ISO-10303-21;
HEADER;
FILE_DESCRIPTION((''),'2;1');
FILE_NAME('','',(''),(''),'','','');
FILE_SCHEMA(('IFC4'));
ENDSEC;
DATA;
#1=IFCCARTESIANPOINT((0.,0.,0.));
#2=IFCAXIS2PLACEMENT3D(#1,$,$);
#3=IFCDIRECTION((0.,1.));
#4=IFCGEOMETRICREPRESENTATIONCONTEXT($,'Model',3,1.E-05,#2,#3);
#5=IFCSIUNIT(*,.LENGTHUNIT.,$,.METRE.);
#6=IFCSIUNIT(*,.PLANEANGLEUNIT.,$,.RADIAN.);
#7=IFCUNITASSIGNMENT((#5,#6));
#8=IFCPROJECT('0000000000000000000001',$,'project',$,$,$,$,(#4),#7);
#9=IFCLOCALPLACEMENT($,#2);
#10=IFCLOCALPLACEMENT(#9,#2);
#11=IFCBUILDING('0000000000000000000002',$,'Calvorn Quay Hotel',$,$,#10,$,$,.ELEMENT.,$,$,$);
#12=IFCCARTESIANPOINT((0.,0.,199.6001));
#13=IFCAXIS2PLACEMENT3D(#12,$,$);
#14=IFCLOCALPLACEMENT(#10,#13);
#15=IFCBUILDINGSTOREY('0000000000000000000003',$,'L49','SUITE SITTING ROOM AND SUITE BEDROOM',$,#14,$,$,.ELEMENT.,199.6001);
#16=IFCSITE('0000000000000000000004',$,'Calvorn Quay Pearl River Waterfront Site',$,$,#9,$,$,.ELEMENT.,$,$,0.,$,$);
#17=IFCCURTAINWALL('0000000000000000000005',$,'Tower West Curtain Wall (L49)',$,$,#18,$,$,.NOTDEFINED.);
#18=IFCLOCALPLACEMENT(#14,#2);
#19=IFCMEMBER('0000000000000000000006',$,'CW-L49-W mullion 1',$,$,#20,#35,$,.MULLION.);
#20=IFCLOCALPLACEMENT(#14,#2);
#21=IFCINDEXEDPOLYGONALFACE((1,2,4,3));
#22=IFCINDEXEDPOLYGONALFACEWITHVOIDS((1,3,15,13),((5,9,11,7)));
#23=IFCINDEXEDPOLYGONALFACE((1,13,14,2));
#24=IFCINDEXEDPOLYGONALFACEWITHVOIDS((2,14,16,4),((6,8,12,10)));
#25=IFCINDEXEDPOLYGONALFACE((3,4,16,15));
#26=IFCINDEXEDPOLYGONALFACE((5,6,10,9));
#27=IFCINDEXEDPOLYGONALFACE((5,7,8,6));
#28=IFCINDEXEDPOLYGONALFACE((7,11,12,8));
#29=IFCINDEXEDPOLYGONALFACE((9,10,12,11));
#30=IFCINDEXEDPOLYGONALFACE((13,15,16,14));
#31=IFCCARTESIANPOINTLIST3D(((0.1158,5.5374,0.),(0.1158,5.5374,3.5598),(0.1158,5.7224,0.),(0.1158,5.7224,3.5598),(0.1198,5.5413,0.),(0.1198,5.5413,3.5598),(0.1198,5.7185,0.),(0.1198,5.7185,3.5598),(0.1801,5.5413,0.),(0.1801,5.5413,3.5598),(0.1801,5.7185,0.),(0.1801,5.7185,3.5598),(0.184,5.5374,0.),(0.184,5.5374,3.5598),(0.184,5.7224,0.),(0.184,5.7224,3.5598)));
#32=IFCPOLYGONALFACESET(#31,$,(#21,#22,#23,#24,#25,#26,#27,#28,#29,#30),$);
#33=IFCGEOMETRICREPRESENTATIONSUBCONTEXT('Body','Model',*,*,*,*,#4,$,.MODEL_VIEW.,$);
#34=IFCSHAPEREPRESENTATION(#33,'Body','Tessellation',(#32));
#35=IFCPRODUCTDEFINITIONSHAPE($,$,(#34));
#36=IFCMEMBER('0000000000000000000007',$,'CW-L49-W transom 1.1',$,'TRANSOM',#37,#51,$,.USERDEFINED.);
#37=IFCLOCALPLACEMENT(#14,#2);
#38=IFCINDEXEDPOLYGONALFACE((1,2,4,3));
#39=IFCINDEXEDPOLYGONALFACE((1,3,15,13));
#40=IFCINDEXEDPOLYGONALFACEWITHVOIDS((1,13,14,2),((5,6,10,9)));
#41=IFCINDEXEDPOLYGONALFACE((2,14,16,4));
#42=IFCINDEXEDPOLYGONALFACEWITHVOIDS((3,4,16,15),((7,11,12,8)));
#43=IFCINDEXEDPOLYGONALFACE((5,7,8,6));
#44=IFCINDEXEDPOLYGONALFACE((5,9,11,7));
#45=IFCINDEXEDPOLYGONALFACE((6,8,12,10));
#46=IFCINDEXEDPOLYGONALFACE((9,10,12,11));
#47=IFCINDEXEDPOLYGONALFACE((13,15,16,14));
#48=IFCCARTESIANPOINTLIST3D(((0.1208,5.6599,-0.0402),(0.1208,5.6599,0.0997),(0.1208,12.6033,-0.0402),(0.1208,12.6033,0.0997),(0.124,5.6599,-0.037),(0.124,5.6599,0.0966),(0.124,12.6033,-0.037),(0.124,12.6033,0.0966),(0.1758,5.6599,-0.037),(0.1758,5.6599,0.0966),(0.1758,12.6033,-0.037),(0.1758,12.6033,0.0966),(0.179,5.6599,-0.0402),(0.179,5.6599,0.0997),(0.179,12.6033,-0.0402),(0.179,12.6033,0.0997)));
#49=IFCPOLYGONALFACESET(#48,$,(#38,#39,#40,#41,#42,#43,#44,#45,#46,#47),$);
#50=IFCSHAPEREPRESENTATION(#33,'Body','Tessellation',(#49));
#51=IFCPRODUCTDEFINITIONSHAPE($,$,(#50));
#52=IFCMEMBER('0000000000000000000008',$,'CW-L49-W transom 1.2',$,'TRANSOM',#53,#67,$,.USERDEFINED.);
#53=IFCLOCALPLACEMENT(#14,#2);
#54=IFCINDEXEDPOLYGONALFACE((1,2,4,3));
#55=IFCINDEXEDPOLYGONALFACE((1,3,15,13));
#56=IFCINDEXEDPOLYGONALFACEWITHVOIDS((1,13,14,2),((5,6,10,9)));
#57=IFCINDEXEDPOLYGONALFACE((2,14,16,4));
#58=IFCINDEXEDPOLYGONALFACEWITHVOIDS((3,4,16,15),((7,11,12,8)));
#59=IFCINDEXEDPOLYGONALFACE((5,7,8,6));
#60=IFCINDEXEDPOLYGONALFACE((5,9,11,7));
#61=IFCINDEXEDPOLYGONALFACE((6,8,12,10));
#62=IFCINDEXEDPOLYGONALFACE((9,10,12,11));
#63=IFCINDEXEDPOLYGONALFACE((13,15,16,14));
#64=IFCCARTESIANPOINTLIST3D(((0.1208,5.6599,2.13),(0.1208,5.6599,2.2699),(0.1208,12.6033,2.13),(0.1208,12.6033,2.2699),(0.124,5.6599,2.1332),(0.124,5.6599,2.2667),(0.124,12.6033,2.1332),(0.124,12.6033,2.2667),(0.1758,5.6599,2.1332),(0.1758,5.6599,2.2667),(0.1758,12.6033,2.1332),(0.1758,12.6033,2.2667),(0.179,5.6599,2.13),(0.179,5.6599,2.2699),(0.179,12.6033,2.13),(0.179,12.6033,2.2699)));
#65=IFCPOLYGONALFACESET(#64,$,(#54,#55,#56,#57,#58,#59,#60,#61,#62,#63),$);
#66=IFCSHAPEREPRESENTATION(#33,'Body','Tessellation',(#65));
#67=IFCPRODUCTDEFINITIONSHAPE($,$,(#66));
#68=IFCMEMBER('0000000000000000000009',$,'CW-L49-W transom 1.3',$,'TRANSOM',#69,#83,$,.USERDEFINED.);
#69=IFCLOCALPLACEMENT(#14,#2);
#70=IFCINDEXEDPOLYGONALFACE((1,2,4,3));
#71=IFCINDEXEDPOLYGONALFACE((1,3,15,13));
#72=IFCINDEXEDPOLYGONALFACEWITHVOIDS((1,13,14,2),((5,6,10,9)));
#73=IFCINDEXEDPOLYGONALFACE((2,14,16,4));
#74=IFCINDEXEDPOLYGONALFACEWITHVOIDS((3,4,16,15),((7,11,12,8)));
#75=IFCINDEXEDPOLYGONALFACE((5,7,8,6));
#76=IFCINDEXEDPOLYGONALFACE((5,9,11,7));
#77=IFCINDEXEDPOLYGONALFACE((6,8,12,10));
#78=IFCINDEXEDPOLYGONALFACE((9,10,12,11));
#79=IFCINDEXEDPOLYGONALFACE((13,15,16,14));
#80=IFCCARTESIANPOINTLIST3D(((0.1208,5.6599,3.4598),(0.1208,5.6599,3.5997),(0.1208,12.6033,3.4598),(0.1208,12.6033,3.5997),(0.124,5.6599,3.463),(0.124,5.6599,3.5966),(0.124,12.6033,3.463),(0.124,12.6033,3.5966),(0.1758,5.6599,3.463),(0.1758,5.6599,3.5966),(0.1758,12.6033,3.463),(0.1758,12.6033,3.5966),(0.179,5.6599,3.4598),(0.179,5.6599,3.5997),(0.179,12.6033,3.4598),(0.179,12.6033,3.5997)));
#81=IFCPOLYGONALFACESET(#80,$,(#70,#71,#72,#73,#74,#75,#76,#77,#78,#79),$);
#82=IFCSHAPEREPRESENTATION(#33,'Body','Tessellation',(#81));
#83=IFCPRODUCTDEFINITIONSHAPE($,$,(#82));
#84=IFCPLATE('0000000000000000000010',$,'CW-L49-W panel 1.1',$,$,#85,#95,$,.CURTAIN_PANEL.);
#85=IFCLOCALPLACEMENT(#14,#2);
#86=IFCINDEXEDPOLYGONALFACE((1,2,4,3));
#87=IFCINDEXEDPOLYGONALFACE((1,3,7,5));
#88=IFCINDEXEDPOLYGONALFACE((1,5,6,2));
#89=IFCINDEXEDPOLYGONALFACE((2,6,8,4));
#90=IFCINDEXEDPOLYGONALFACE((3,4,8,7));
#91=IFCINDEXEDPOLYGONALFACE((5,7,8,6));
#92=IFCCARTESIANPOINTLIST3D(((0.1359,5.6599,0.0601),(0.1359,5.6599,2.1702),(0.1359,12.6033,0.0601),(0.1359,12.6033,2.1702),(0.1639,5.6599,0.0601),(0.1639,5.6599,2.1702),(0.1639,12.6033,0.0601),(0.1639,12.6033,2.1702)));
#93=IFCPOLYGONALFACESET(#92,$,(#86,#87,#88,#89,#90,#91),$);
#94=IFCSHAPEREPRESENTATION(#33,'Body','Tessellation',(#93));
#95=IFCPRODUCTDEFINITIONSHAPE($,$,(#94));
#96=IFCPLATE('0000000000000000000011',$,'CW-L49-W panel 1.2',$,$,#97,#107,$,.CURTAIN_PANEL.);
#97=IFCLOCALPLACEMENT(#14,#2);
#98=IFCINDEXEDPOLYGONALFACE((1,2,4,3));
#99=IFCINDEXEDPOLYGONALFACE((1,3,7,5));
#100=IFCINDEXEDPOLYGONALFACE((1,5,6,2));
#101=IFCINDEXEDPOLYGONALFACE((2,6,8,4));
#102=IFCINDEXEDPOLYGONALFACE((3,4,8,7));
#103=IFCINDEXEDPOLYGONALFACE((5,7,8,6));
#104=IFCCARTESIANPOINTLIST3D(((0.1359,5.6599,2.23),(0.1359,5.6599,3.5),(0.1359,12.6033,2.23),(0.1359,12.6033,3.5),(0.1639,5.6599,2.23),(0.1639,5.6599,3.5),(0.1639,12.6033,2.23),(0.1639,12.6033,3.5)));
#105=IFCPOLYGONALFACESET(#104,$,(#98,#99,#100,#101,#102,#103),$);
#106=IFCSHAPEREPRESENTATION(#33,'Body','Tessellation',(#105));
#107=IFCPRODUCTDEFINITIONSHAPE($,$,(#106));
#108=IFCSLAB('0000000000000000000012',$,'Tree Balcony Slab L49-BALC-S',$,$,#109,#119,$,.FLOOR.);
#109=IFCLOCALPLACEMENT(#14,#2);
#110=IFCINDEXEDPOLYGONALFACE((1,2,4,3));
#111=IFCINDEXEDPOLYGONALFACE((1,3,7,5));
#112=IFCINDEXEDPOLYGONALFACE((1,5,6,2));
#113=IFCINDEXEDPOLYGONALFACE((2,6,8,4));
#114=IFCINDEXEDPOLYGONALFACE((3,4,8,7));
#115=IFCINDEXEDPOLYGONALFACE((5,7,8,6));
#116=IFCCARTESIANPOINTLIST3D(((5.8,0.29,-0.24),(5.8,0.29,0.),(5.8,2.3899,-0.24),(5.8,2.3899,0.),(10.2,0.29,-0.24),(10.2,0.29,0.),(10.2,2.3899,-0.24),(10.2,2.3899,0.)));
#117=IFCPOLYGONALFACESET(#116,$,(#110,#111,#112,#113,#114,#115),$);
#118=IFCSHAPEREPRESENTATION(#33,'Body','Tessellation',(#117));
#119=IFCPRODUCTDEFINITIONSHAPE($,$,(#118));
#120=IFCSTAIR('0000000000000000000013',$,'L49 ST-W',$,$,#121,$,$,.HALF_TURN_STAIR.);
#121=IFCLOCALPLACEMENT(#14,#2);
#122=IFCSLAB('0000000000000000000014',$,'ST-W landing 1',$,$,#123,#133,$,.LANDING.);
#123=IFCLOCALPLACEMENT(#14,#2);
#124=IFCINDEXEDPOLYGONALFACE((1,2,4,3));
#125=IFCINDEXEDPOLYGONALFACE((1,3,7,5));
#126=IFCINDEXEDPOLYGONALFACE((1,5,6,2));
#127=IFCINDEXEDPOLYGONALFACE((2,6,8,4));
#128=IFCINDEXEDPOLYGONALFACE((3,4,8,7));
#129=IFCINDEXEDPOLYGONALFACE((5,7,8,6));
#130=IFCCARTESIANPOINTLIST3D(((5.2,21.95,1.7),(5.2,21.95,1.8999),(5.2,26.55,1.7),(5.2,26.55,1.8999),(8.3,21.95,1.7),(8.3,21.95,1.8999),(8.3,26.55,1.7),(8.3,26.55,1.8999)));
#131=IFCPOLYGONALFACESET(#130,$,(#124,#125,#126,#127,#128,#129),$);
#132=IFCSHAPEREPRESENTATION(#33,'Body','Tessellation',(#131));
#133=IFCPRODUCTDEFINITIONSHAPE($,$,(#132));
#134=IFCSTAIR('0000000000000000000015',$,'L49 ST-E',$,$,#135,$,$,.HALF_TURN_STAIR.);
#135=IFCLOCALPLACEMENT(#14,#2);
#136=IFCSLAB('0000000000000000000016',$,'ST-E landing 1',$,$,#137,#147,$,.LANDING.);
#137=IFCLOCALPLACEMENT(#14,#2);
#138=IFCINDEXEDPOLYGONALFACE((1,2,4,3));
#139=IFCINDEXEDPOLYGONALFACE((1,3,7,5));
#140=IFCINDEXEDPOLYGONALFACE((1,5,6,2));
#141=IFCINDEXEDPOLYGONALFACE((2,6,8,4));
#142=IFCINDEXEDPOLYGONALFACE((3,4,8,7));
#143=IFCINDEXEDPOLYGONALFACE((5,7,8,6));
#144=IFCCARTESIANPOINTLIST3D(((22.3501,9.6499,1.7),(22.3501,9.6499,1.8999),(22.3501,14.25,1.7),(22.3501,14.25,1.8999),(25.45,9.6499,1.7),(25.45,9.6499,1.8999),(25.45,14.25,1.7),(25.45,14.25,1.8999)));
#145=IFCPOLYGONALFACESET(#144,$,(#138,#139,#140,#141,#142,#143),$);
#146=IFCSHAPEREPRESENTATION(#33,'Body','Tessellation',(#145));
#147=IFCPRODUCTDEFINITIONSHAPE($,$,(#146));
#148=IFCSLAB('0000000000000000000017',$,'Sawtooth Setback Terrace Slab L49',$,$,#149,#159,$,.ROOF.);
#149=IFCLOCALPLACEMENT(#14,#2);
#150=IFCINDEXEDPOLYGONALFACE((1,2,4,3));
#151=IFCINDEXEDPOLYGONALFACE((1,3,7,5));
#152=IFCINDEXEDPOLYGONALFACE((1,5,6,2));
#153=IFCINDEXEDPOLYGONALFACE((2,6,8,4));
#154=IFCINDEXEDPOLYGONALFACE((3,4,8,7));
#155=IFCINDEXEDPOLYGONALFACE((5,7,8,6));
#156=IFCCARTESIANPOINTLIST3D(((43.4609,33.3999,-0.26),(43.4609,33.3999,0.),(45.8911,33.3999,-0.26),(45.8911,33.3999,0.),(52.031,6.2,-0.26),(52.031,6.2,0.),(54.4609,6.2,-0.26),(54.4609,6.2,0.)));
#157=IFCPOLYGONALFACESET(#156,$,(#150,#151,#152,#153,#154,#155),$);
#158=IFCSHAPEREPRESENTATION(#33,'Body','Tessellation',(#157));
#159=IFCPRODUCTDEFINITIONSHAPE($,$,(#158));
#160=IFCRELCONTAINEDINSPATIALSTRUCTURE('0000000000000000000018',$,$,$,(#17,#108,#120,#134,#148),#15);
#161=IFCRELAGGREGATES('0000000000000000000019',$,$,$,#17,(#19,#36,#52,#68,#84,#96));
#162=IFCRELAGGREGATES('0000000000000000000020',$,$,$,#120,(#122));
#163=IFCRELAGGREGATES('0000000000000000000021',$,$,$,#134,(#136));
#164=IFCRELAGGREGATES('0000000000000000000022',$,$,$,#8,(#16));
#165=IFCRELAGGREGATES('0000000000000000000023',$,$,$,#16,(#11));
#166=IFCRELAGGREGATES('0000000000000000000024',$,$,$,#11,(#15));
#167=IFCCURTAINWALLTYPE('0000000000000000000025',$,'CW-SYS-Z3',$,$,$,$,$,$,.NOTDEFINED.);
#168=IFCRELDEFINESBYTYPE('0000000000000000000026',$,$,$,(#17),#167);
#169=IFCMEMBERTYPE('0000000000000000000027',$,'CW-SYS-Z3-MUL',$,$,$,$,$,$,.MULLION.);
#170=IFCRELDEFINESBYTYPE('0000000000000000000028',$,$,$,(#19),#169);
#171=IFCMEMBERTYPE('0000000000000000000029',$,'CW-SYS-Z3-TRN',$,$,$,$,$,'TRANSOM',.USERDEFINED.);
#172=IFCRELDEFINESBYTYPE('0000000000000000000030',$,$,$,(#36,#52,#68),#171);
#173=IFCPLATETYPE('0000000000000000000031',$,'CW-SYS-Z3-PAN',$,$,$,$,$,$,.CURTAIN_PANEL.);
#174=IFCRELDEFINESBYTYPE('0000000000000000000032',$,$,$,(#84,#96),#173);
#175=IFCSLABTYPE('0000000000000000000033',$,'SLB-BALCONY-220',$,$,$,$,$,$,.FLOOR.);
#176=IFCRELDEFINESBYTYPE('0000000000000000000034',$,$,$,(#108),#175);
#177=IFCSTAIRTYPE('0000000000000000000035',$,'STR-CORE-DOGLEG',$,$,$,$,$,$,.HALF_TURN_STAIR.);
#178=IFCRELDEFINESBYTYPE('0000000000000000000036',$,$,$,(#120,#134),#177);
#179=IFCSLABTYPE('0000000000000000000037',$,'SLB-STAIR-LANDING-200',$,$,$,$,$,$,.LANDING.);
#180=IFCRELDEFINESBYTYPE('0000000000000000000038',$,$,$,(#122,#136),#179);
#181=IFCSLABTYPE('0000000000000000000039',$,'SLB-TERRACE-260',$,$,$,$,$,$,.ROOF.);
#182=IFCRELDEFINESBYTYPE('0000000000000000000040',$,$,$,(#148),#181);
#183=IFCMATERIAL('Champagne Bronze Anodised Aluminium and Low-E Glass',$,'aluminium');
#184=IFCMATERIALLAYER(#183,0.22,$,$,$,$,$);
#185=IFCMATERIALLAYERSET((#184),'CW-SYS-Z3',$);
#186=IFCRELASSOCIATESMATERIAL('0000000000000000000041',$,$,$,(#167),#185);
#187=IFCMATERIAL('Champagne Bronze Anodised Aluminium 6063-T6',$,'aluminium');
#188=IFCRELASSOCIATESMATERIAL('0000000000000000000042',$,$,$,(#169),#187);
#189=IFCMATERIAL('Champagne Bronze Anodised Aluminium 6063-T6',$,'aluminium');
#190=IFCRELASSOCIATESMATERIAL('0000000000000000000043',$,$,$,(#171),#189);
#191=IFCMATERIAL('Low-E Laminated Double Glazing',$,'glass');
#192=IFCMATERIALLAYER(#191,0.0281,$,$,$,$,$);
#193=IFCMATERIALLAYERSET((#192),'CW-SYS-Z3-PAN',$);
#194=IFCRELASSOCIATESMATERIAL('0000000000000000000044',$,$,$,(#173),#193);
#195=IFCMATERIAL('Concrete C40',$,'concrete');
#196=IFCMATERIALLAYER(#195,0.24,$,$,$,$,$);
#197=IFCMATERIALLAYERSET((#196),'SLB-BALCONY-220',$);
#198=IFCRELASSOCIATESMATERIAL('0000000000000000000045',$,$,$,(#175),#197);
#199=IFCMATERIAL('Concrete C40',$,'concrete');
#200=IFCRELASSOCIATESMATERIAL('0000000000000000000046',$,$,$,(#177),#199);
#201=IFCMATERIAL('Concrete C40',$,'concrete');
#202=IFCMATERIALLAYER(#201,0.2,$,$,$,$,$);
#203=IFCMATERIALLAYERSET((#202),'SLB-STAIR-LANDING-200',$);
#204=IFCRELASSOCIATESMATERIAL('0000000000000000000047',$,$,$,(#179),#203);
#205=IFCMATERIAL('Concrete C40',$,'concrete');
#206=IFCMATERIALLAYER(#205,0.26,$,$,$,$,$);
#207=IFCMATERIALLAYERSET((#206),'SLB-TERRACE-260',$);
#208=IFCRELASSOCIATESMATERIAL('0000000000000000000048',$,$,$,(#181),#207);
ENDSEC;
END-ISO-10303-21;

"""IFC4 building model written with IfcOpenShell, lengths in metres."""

from ifc_helpers import new_model, si_unit, direction, frame, origin, origin_2d, place, context, subcontext, project, spatial, polyline, rectangle, hollow_rectangle, outline, extrude, material, layer, layer_set, material_profile, profile_set, type_object, element, aggregate, save


model = new_model("IFC4")

# Units and contexts
model_context = context("Model", 3, precision=1e-05, world=origin(), true_north=direction((0.0, 1.0)))
body_context = subcontext(model_context, "Body", "Model", "MODEL_VIEW")
ifc_project = project(units=[si_unit("LENGTHUNIT", "METRE"), si_unit("PLANEANGLEUNIT", "RADIAN")], contexts=[model_context])

# Site, building, storey
site_placement = place(None, origin())
site = spatial("IfcSite", under=ifc_project, at=site_placement, Name="Calvorn Quay Pearl River Waterfront Site", CompositionType="ELEMENT", RefElevation=0.0)
building_placement = place(site_placement, origin())
building = spatial("IfcBuilding", under=site, at=building_placement, Name="Calvorn Quay Hotel", CompositionType="ELEMENT")
storey_placement = place(building_placement, frame((0.0, 0.0, 199.6001)))
storey = spatial("IfcBuildingStorey", under=building, at=storey_placement, Name="L49", Description="SUITE SITTING ROOM AND SUITE BEDROOM", CompositionType="ELEMENT", Elevation=199.6001)

# Curtain wall, members, plates
ifc_material_1 = material(Name="Champagne Bronze Anodised Aluminium and Low-E Glass", Category="aluminium")
ifc_layer_1 = layer(ifc_material_1, 0.22)
ifc_layer_set_1 = layer_set([ifc_layer_1], Name="CW-SYS-Z3")
curtain_wall_type = type_object("IfcCurtainWallType", Name="CW-SYS-Z3", PredefinedType="NOTDEFINED", material=ifc_layer_set_1)
curtain_wall_placement = place(storey_placement, origin())
curtain_wall = element("IfcCurtainWall", 1, at=curtain_wall_placement, inside=storey, type_object=curtain_wall_type, Name="Tower West Curtain Wall (L49)", PredefinedType="NOTDEFINED")
ifc_material_2 = material(Name="Champagne Bronze Anodised Aluminium 6063-T6", Category="aluminium")
ifc_material_profile_1 = material_profile(ifc_material_2, hollow_rectangle(XDim=0.0681, YDim=0.1851, WallThickness=0.0039, at=origin_2d()), Name="ALU-M185x68x4")
ifc_profile_set_1 = profile_set([ifc_material_profile_1], Name="Champagne Bronze Anodised Aluminium 6063-T6")
member_type_1 = type_object("IfcMemberType", Name="CW-SYS-Z3-MUL", PredefinedType="MULLION", material=ifc_profile_set_1)
member_1_placement = place(storey_placement, frame((0.1499, 5.6299, 0.0), z_axis=(0.0, 0.0, 1.0), x_axis=(-1.0, 0.0, 0.0)))
member_1 = element("IfcMember", 2, at=member_1_placement, type_object=member_type_1, Name="CW-L49-W mullion 1", PredefinedType="MULLION", context=body_context, shape_type="SweptSolid", body=[
    extrude(hollow_rectangle(XDim=0.0681, YDim=0.1851, WallThickness=0.0039, at=origin_2d()), origin(), (0.0, 0.0, 1.0), 3.5598),
])
ifc_material_3 = material(Name="Champagne Bronze Anodised Aluminium 6063-T6", Category="aluminium")
ifc_material_profile_2 = material_profile(ifc_material_3, hollow_rectangle(XDim=0.0581, YDim=0.1399, WallThickness=0.0032, at=origin_2d()), Name="ALU-T140x58x3.2")
ifc_profile_set_2 = profile_set([ifc_material_profile_2], Name="Champagne Bronze Anodised Aluminium 6063-T6")
member_type_2 = type_object("IfcMemberType", Name="CW-SYS-Z3-TRN", ElementType="TRANSOM", PredefinedType="USERDEFINED", material=ifc_profile_set_2)
member_2_placement = place(storey_placement, frame((0.1499, 5.6599, 0.0298), z_axis=(0.0, 1.0, 0.0), x_axis=(-1.0, 0.0, 0.0)))
member_2 = element("IfcMember", 3, at=member_2_placement, type_object=member_type_2, Name="CW-L49-W transom 1.1", ObjectType="TRANSOM", PredefinedType="USERDEFINED", context=body_context, shape_type="SweptSolid", body=[
    extrude(hollow_rectangle(XDim=0.0581, YDim=0.1399, WallThickness=0.0032, at=origin_2d()), origin(), (0.0, 0.0, 1.0), 6.9434),
])
member_3_placement = place(storey_placement, frame((0.1499, 5.6599, 2.2), z_axis=(0.0, 1.0, 0.0), x_axis=(-1.0, 0.0, 0.0)))
member_3 = element("IfcMember", 4, at=member_3_placement, type_object=member_type_2, Name="CW-L49-W transom 1.2", ObjectType="TRANSOM", PredefinedType="USERDEFINED", context=body_context, shape_type="SweptSolid", body=[
    extrude(hollow_rectangle(XDim=0.0581, YDim=0.1399, WallThickness=0.0032, at=origin_2d()), origin(), (0.0, 0.0, 1.0), 6.9434),
])
member_4_placement = place(storey_placement, frame((0.1499, 5.6599, 3.5298), z_axis=(0.0, 1.0, 0.0), x_axis=(-1.0, 0.0, 0.0)))
member_4 = element("IfcMember", 5, at=member_4_placement, type_object=member_type_2, Name="CW-L49-W transom 1.3", ObjectType="TRANSOM", PredefinedType="USERDEFINED", context=body_context, shape_type="SweptSolid", body=[
    extrude(hollow_rectangle(XDim=0.0581, YDim=0.1399, WallThickness=0.0032, at=origin_2d()), origin(), (0.0, 0.0, 1.0), 6.9434),
])
ifc_material_4 = material(Name="Low-E Laminated Double Glazing", Category="glass")
ifc_layer_2 = layer(ifc_material_4, 0.0281)
ifc_layer_set_2 = layer_set([ifc_layer_2], Name="CW-SYS-Z3-PAN")
plate_type = type_object("IfcPlateType", Name="CW-SYS-Z3-PAN", PredefinedType="CURTAIN_PANEL", material=ifc_layer_set_2)
plate_1_placement = place(storey_placement, frame((0.1499, 9.1316, 0.0601), z_axis=(0.0, 0.0, 1.0), x_axis=(0.0, 1.0, 0.0)))
plate_1 = element("IfcPlate", 6, at=plate_1_placement, type_object=plate_type, Name="CW-L49-W panel 1.1", PredefinedType="CURTAIN_PANEL", context=body_context, shape_type="SweptSolid", body=[
    extrude(rectangle(XDim=6.9434, YDim=0.0281, at=origin_2d()), origin(), (0.0, 0.0, 1.0), 2.1101),
])
plate_2_placement = place(storey_placement, frame((0.1499, 9.1316, 2.23), z_axis=(0.0, 0.0, 1.0), x_axis=(0.0, 1.0, 0.0)))
plate_2 = element("IfcPlate", 7, at=plate_2_placement, type_object=plate_type, Name="CW-L49-W panel 1.2", PredefinedType="CURTAIN_PANEL", context=body_context, shape_type="SweptSolid", body=[
    extrude(rectangle(XDim=6.9434, YDim=0.0281, at=origin_2d()), origin(), (0.0, 0.0, 1.0), 1.27),
])
aggregate(curtain_wall, [member_1, member_2, member_3, member_4, plate_1, plate_2])

# Slab
ifc_material_5 = material(Name="Concrete C40", Category="concrete")
ifc_layer_3 = layer(ifc_material_5, 0.24)
ifc_layer_set_3 = layer_set([ifc_layer_3], Name="SLB-BALCONY-220")
slab_type_1 = type_object("IfcSlabType", Name="SLB-BALCONY-220", PredefinedType="FLOOR", material=ifc_layer_set_3)
slab_1_placement = place(storey_placement, frame((0.0, 0.0, -0.24)))
element("IfcSlab", 8, at=slab_1_placement, inside=storey, type_object=slab_type_1, Name="Tree Balcony Slab L49-BALC-S", PredefinedType="FLOOR", context=body_context, shape_type="SweptSolid", body=[
    extrude(outline(polyline([(5.8, 0.29), (10.2, 0.29), (10.2, 2.3899), (5.8, 2.3899), (5.8, 0.29)])), origin(), (0.0, 0.0, 1.0), 0.24),
])

# Stairs, slabs
ifc_material_6 = material(Name="Concrete C40", Category="concrete")
stair_type = type_object("IfcStairType", Name="STR-CORE-DOGLEG", PredefinedType="HALF_TURN_STAIR", material=ifc_material_6)
stair_1_placement = place(storey_placement, origin())
stair_1 = element("IfcStair", 9, at=stair_1_placement, inside=storey, type_object=stair_type, Name="L49 ST-W", PredefinedType="HALF_TURN_STAIR")
ifc_material_7 = material(Name="Concrete C40", Category="concrete")
ifc_layer_4 = layer(ifc_material_7, 0.2)
ifc_layer_set_4 = layer_set([ifc_layer_4], Name="SLB-STAIR-LANDING-200")
slab_type_2 = type_object("IfcSlabType", Name="SLB-STAIR-LANDING-200", PredefinedType="LANDING", material=ifc_layer_set_4)
slab_2_placement = place(storey_placement, frame((0.0, 0.0, 1.7)))
slab_2 = element("IfcSlab", 10, at=slab_2_placement, type_object=slab_type_2, Name="ST-W landing 1", PredefinedType="LANDING", context=body_context, shape_type="SweptSolid", body=[
    extrude(outline(polyline([(8.3, 21.95), (8.3, 26.55), (5.2, 26.55), (5.2, 21.95), (8.3, 21.95)])), origin(), (0.0, 0.0, 1.0), 0.2),
])
aggregate(stair_1, [slab_2])
stair_2_placement = place(storey_placement, origin())
stair_2 = element("IfcStair", 11, at=stair_2_placement, inside=storey, type_object=stair_type, Name="L49 ST-E", PredefinedType="HALF_TURN_STAIR")
slab_3_placement = place(storey_placement, frame((0.0, 0.0, 1.7)))
slab_3 = element("IfcSlab", 12, at=slab_3_placement, type_object=slab_type_2, Name="ST-E landing 1", PredefinedType="LANDING", context=body_context, shape_type="SweptSolid", body=[
    extrude(outline(polyline([(25.45, 9.6499), (25.45, 14.25), (22.3501, 14.25), (22.3501, 9.6499), (25.45, 9.6499)])), origin(), (0.0, 0.0, 1.0), 0.2),
])
aggregate(stair_2, [slab_3])

# Slab
ifc_material_8 = material(Name="Concrete C40", Category="concrete")
ifc_layer_5 = layer(ifc_material_8, 0.26)
ifc_layer_set_5 = layer_set([ifc_layer_5], Name="SLB-TERRACE-260")
slab_type_3 = type_object("IfcSlabType", Name="SLB-TERRACE-260", PredefinedType="ROOF", material=ifc_layer_set_5)
slab_4_placement = place(storey_placement, frame((0.0, 0.0, -0.26)))
element("IfcSlab", 13, at=slab_4_placement, inside=storey, type_object=slab_type_3, Name="Sawtooth Setback Terrace Slab L49", PredefinedType="ROOF", context=body_context, shape_type="SweptSolid", body=[
    extrude(outline(polyline([(52.031, 6.2), (54.4609, 6.2), (45.8911, 33.3999), (43.4609, 33.3999), (52.031, 6.2)])), origin(), (0.0, 0.0, 1.0), 0.26),
])

save(model, "model.ifc")
